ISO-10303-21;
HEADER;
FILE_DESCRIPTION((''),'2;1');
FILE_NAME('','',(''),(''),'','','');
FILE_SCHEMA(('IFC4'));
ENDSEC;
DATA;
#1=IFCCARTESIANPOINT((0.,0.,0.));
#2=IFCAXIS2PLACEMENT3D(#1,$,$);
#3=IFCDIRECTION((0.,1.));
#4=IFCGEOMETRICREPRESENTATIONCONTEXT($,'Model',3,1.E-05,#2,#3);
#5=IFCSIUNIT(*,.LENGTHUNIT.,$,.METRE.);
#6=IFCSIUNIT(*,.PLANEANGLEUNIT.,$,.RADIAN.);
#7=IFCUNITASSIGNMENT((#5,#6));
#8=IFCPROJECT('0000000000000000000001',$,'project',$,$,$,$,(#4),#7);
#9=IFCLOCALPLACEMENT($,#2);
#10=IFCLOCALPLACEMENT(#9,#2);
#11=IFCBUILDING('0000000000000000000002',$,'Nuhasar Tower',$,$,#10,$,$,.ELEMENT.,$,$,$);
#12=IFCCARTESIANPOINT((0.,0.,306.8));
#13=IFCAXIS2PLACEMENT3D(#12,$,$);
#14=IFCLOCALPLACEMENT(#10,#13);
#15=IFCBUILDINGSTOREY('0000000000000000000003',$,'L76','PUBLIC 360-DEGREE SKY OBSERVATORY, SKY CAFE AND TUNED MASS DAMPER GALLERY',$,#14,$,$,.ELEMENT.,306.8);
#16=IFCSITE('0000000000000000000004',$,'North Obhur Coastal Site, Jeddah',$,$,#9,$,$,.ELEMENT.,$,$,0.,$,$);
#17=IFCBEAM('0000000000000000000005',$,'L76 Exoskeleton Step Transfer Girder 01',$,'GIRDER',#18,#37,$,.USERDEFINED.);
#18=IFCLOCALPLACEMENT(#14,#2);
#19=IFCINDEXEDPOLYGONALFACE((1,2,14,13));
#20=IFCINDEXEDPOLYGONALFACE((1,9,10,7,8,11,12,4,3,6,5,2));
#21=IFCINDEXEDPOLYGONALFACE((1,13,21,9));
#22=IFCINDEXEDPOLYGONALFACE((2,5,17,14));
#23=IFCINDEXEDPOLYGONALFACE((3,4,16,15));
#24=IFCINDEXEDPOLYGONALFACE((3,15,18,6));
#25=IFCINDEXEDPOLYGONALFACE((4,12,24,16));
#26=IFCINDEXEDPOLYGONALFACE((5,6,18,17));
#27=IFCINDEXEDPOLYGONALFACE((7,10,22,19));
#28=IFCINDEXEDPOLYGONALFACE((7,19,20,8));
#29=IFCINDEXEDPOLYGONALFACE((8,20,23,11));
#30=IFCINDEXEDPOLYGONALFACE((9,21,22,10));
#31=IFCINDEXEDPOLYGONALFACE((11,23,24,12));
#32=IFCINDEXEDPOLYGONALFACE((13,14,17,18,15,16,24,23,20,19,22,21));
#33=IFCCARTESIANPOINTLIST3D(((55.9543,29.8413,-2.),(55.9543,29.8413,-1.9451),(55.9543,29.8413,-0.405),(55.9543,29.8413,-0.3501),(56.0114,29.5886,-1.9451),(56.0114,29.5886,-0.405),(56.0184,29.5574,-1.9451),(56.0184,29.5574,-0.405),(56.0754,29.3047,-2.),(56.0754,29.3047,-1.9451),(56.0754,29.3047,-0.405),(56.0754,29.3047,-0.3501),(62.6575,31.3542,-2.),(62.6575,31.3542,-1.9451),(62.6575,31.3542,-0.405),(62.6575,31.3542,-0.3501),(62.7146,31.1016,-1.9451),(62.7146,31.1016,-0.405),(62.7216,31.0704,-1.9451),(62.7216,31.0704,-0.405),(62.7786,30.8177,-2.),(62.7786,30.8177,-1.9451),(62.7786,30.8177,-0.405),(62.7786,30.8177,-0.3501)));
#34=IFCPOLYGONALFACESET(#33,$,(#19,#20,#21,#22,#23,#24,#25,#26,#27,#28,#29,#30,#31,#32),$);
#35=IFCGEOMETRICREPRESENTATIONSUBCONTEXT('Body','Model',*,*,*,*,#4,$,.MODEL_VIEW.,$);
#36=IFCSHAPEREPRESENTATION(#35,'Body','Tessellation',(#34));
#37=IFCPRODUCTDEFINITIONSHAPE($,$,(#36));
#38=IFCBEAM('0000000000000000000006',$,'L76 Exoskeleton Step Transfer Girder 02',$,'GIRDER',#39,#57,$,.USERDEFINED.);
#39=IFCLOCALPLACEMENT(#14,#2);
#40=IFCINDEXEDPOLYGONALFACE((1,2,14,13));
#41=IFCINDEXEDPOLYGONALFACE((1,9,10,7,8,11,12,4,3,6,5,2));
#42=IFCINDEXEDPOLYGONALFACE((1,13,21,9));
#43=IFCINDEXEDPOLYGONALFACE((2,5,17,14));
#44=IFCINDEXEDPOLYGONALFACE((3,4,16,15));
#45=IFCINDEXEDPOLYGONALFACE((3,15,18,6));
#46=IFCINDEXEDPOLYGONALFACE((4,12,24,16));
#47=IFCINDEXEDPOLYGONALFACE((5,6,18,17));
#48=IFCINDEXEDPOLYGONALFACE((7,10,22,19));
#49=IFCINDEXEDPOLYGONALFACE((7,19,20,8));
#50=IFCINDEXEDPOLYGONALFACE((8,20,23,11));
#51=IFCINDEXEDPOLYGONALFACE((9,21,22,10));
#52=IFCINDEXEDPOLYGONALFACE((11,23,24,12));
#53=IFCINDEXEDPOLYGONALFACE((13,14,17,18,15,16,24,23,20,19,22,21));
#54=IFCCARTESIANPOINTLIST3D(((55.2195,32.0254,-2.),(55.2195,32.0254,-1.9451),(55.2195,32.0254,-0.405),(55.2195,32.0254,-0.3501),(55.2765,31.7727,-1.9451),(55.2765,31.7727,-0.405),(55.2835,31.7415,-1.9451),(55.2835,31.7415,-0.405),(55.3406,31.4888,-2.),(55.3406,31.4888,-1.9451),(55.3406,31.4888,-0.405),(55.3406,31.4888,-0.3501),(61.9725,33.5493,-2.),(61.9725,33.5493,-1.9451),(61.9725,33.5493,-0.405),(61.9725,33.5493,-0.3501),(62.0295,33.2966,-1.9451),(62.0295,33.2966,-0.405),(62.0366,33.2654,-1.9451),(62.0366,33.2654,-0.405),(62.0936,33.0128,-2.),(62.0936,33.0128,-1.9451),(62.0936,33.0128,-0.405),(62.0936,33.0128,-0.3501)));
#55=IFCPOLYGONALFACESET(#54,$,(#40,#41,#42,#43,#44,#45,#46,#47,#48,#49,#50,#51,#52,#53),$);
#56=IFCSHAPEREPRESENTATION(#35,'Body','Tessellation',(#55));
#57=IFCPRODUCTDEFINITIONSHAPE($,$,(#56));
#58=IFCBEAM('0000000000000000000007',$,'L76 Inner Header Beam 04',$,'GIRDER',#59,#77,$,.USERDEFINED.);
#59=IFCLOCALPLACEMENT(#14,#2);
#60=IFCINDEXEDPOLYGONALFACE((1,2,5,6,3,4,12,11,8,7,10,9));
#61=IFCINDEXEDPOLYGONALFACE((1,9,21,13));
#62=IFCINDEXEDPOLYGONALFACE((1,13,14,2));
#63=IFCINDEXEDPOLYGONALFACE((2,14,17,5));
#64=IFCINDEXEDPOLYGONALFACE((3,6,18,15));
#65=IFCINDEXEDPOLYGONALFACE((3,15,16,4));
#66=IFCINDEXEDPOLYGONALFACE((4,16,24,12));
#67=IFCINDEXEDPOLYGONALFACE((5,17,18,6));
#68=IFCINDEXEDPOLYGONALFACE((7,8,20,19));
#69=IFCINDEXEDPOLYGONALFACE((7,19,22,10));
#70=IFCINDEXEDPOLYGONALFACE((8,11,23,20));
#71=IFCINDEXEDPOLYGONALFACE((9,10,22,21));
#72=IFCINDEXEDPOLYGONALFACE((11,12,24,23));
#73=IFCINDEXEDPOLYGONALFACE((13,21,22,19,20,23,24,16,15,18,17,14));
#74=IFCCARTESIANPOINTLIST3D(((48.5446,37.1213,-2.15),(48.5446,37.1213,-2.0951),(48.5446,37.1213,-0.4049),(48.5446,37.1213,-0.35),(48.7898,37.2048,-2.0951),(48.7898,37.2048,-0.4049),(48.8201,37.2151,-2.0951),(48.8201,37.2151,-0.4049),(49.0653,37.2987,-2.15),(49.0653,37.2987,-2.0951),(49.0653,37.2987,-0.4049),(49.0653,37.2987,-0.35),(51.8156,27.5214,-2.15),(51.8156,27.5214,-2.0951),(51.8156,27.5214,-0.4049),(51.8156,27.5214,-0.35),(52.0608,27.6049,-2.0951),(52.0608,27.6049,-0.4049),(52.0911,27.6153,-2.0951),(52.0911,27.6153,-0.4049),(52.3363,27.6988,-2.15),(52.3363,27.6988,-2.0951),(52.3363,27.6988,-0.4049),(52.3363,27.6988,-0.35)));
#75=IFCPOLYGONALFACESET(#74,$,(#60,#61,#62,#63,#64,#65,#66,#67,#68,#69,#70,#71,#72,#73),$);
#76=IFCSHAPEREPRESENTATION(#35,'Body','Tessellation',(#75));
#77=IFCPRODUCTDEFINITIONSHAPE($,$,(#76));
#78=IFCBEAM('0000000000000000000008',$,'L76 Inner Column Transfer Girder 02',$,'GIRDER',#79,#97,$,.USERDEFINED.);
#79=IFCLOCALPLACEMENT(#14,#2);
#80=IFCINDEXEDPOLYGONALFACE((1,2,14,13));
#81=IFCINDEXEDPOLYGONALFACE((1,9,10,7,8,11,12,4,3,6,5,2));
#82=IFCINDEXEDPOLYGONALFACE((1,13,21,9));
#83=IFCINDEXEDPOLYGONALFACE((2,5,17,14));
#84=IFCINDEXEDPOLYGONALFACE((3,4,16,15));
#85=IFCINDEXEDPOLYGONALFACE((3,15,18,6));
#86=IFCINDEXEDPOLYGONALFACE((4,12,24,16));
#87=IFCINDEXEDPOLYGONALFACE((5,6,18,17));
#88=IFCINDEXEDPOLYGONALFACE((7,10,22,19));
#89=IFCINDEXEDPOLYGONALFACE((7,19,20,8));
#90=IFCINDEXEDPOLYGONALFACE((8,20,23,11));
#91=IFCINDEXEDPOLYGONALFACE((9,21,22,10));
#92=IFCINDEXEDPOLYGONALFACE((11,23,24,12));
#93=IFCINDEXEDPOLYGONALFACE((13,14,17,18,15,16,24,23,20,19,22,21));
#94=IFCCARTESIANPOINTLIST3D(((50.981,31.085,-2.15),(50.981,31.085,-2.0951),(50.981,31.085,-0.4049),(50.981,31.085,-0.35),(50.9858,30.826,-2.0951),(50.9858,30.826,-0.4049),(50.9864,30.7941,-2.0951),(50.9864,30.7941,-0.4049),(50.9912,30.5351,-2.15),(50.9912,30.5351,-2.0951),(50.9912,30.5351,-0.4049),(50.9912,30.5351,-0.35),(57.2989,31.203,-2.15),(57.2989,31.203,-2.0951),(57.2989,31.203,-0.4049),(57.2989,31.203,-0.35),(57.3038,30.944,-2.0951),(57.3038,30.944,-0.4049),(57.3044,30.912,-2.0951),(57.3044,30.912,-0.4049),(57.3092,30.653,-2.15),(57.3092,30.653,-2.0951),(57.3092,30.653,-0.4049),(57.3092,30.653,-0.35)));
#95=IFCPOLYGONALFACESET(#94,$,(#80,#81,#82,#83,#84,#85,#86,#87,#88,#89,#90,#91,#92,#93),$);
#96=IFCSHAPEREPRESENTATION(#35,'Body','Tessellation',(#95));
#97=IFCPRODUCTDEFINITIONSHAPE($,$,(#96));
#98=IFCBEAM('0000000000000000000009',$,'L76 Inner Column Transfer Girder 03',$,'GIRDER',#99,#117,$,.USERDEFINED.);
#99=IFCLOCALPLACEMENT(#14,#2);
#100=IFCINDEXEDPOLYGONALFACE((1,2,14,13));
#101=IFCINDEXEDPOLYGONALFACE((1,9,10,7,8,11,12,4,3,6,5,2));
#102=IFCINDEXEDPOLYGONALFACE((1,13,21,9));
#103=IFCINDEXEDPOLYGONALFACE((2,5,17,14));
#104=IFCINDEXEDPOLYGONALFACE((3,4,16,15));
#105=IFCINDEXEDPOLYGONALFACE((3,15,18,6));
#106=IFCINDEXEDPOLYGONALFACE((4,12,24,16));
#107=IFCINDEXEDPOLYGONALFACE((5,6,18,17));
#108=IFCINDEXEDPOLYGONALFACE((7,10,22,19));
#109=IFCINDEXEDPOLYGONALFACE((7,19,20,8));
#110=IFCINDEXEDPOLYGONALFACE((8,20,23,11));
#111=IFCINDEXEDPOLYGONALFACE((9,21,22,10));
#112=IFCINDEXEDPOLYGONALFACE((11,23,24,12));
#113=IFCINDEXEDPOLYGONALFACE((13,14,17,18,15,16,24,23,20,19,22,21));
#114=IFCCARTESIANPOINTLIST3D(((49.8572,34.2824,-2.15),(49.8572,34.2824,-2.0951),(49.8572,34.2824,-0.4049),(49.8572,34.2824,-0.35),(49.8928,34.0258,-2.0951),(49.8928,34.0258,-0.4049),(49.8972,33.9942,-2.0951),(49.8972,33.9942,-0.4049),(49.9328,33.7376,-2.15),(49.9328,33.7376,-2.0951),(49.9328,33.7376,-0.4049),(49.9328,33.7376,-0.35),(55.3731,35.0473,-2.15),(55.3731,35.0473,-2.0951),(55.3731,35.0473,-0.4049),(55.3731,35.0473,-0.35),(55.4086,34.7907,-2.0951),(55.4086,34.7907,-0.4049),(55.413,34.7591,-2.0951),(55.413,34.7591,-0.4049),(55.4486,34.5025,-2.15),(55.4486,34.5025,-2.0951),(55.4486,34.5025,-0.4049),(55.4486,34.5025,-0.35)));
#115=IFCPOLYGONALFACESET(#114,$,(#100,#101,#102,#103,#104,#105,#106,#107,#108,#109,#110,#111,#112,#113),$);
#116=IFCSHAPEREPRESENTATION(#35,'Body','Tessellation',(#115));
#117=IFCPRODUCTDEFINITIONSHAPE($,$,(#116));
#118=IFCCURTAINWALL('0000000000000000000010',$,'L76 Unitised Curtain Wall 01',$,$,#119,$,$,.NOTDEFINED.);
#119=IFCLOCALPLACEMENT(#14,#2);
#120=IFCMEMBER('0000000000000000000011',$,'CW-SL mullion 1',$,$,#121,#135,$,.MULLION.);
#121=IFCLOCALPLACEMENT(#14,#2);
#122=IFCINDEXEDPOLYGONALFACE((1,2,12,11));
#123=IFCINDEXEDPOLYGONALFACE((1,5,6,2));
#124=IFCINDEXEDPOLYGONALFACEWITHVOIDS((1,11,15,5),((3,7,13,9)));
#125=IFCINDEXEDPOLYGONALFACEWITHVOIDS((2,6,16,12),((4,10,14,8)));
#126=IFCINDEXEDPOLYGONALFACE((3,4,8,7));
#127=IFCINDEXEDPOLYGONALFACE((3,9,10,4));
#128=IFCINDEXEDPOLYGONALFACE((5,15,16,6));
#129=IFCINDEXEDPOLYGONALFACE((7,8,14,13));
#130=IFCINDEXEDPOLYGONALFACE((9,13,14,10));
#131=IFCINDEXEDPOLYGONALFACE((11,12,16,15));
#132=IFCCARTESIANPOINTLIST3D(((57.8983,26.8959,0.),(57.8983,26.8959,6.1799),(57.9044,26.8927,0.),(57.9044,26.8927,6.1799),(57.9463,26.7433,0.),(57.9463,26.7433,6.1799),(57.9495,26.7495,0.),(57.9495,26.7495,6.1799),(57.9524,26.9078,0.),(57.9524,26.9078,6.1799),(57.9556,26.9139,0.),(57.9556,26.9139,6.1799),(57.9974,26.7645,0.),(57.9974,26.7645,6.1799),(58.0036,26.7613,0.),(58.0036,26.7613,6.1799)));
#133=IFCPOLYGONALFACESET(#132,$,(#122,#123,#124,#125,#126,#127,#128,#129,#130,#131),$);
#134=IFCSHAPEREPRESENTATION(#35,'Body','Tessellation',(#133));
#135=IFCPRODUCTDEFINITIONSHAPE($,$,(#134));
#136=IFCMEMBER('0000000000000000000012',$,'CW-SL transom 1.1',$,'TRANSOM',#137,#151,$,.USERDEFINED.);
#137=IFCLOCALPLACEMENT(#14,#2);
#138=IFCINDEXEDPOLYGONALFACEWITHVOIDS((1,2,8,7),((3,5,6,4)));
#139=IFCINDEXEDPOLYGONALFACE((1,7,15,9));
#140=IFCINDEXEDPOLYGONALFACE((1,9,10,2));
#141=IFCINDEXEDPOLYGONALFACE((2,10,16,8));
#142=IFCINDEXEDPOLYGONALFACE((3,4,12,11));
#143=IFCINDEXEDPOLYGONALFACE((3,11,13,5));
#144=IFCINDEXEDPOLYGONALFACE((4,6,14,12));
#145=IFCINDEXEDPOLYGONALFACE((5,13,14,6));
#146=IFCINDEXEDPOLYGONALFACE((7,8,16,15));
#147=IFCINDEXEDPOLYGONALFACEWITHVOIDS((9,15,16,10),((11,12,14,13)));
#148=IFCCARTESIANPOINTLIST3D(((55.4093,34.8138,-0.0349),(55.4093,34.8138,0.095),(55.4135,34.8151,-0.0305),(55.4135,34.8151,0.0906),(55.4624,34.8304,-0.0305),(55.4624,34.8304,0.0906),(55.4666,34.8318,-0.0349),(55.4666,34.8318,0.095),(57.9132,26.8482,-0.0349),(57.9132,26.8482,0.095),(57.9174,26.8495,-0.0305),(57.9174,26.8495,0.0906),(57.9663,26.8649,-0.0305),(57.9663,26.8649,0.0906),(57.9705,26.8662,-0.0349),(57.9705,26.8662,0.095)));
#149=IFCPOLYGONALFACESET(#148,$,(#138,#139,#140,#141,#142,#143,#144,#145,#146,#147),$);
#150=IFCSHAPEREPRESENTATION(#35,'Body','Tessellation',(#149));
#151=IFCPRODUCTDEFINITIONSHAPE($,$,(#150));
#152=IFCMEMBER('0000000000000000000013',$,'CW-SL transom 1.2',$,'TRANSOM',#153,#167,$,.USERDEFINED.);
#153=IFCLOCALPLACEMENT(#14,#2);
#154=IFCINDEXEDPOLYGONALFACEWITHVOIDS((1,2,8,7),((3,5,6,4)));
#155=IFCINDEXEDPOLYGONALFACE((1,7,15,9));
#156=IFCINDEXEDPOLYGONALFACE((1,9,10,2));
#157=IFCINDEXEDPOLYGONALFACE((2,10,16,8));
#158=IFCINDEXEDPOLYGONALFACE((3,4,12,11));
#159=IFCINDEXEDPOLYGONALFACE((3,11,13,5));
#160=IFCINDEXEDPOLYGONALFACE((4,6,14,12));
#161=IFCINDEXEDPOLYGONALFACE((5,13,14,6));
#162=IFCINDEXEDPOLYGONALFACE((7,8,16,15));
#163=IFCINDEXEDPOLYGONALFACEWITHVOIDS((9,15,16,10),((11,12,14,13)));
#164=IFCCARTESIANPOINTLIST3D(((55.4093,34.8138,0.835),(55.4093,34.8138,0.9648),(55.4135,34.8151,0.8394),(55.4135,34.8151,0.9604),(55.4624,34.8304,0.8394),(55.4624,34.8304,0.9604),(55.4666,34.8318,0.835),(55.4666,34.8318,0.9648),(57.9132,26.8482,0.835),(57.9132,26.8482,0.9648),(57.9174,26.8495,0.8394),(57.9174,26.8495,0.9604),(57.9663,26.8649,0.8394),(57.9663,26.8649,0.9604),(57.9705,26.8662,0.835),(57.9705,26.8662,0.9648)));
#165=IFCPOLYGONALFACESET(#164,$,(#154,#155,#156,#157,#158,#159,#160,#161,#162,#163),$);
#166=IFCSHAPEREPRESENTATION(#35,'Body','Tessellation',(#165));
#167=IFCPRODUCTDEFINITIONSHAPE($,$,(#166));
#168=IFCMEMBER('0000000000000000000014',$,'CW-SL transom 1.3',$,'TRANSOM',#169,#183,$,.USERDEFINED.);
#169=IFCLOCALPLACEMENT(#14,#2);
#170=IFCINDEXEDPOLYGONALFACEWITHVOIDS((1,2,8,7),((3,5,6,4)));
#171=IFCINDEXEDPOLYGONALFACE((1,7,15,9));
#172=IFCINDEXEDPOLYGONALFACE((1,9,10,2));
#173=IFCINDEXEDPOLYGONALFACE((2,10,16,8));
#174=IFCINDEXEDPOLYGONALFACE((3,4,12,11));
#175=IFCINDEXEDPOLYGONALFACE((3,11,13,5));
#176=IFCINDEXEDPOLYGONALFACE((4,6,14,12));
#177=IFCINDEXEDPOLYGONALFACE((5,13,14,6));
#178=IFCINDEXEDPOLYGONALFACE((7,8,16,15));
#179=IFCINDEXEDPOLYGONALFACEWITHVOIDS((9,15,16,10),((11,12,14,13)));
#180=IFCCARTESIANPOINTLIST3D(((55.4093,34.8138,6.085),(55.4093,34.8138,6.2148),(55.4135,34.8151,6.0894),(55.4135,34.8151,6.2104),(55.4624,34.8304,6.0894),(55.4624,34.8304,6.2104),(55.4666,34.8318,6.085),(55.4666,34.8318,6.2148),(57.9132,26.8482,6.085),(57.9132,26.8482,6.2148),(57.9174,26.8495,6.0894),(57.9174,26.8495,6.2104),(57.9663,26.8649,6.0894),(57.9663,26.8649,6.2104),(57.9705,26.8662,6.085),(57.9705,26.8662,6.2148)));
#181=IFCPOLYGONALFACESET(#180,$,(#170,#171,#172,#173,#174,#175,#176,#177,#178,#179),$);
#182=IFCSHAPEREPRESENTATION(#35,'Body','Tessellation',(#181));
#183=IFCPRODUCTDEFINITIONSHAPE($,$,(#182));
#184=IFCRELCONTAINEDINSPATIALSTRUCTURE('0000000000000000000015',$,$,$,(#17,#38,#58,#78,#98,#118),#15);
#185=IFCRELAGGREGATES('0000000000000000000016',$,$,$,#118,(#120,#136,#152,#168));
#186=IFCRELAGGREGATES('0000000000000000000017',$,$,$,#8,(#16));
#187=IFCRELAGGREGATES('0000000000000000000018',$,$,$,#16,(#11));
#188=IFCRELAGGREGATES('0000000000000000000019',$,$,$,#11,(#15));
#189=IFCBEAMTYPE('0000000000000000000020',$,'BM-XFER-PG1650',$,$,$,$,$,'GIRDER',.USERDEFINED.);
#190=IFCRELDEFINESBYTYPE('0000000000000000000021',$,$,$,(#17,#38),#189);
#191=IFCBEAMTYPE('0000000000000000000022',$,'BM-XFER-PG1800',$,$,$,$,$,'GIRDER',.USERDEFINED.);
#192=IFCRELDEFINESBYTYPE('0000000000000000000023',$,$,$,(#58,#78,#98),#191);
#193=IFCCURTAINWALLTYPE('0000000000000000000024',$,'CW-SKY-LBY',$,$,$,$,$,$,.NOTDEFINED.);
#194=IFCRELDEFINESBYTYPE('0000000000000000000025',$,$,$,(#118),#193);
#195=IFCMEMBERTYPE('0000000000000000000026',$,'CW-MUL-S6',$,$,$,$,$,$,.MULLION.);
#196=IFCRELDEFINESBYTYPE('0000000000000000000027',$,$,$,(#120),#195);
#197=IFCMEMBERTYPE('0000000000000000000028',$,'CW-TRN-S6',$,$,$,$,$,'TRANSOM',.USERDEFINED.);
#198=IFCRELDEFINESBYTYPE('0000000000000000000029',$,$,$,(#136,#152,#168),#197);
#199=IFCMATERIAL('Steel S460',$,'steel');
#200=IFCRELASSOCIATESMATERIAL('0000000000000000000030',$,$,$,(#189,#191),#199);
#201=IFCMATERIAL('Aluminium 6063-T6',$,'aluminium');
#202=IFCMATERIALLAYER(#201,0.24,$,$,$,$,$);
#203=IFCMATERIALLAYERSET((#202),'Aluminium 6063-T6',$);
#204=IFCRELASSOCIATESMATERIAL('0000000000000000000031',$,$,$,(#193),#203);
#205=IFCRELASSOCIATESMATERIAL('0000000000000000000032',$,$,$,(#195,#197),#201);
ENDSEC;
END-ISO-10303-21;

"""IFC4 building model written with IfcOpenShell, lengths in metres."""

from ifc_helpers import new_model, si_unit, direction, frame, origin, origin_2d, place, context, subcontext, project, spatial, hollow_rectangle, i_section, extrude, material, layer, layer_set, material_profile, profile_set, type_object, element, aggregate, save


model = new_model("IFC4")

# Units and contexts
model_context = context("Model", 3, precision=1e-05, world=origin(), true_north=direction((0.0, 1.0)))
body_context = subcontext(model_context, "Body", "Model", "MODEL_VIEW")
ifc_project = project(units=[si_unit("LENGTHUNIT", "METRE"), si_unit("PLANEANGLEUNIT", "RADIAN")], contexts=[model_context])

# Site, building, storey
site_placement = place(None, origin())
site = spatial("IfcSite", under=ifc_project, at=site_placement, Name="North Obhur Coastal Site, Jeddah", CompositionType="ELEMENT", RefElevation=0.0)
building_placement = place(site_placement, origin())
building = spatial("IfcBuilding", under=site, at=building_placement, Name="Nuhasar Tower", CompositionType="ELEMENT")
storey_placement = place(building_placement, frame((0.0, 0.0, 306.8)))
storey = spatial("IfcBuildingStorey", under=building, at=storey_placement, Name="L76", Description="PUBLIC 360-DEGREE SKY OBSERVATORY, SKY CAFE AND TUNED MASS DAMPER GALLERY", CompositionType="ELEMENT", Elevation=306.8)

# Beams
ifc_material_1 = material(Name="Steel S460", Category="steel")
ifc_material_profile_1 = material_profile(ifc_material_1, i_section(OverallWidth=0.55, OverallDepth=1.6499, WebThickness=0.032, FlangeThickness=0.0549, at=origin_2d()), Name="PG1650X550")
ifc_profile_set_1 = profile_set([ifc_material_profile_1], Name="Steel S460")
beam_type_1 = type_object("IfcBeamType", Name="BM-XFER-PG1650", ElementType="GIRDER", PredefinedType="USERDEFINED", material=ifc_profile_set_1)
beam_1_placement = place(storey_placement, frame((56.0149, 29.573, -1.175), z_axis=(0.975462, 0.220168, 0.0), x_axis=(-0.220168, 0.975462, 0.0)))
element("IfcBeam", 1, at=beam_1_placement, inside=storey, type_object=beam_type_1, Name="L76 Exoskeleton Step Transfer Girder 01", ObjectType="GIRDER", PredefinedType="USERDEFINED", context=body_context, shape_type="SweptSolid", body=[
    extrude(i_section(OverallWidth=0.55, OverallDepth=1.6499, WebThickness=0.032, FlangeThickness=0.0549, at=origin_2d()), origin(), (0.0, 0.0, 1.0), 6.8718),
])
beam_2_placement = place(storey_placement, frame((55.28, 31.7571, -1.175), z_axis=(0.97547, 0.220133, 0.0), x_axis=(-0.220133, 0.97547, 0.0)))
element("IfcBeam", 2, at=beam_2_placement, inside=storey, type_object=beam_type_1, Name="L76 Exoskeleton Step Transfer Girder 02", ObjectType="GIRDER", PredefinedType="USERDEFINED", context=body_context, shape_type="SweptSolid", body=[
    extrude(i_section(OverallWidth=0.55, OverallDepth=1.6499, WebThickness=0.032, FlangeThickness=0.0549, at=origin_2d()), origin(), (0.0, 0.0, 1.0), 6.9229),
])
ifc_material_profile_2 = material_profile(ifc_material_1, i_section(OverallWidth=0.55, OverallDepth=1.8, WebThickness=0.032, FlangeThickness=0.0549, at=origin_2d()), Name="PG1800X550")
ifc_profile_set_2 = profile_set([ifc_material_profile_2], Name="Steel S460")
beam_type_2 = type_object("IfcBeamType", Name="BM-XFER-PG1800", ElementType="GIRDER", PredefinedType="USERDEFINED", material=ifc_profile_set_2)
beam_3_placement = place(storey_placement, frame((52.0759, 27.6101, -1.25), z_axis=(-0.322525, 0.946561, 0.0), x_axis=(-0.946561, -0.322525, 0.0)))
element("IfcBeam", 3, at=beam_3_placement, inside=storey, type_object=beam_type_2, Name="L76 Inner Header Beam 04", ObjectType="GIRDER", PredefinedType="USERDEFINED", context=body_context, shape_type="SweptSolid", body=[
    extrude(i_section(OverallWidth=0.55, OverallDepth=1.8, WebThickness=0.032, FlangeThickness=0.0549, at=origin_2d()), origin(), (0.0, 0.0, 1.0), 10.1418),
])
beam_4_placement = place(storey_placement, frame((50.9861, 30.8101, -1.25), z_axis=(0.999826, 0.018661, 0.0), x_axis=(-0.018661, 0.999826, 0.0)))
element("IfcBeam", 4, at=beam_4_placement, inside=storey, type_object=beam_type_2, Name="L76 Inner Column Transfer Girder 02", ObjectType="GIRDER", PredefinedType="USERDEFINED", context=body_context, shape_type="SweptSolid", body=[
    extrude(i_section(OverallWidth=0.55, OverallDepth=1.8, WebThickness=0.032, FlangeThickness=0.0549, at=origin_2d()), origin(), (0.0, 0.0, 1.0), 6.3191),
])
beam_5_placement = place(storey_placement, frame((49.895, 34.01, -1.25), z_axis=(0.990522, 0.137357, 0.0), x_axis=(-0.137357, 0.990522, 0.0)))
element("IfcBeam", 5, at=beam_5_placement, inside=storey, type_object=beam_type_2, Name="L76 Inner Column Transfer Girder 03", ObjectType="GIRDER", PredefinedType="USERDEFINED", context=body_context, shape_type="SweptSolid", body=[
    extrude(i_section(OverallWidth=0.55, OverallDepth=1.8, WebThickness=0.032, FlangeThickness=0.0549, at=origin_2d()), origin(), (0.0, 0.0, 1.0), 5.5686),
])

# Curtain wall, members
ifc_material_2 = material(Name="Aluminium 6063-T6", Category="aluminium")
ifc_layer_1 = layer(ifc_material_2, 0.24)
ifc_layer_set_1 = layer_set([ifc_layer_1], Name="Aluminium 6063-T6")
curtain_wall_type = type_object("IfcCurtainWallType", Name="CW-SKY-LBY", PredefinedType="NOTDEFINED", material=ifc_layer_set_1)
curtain_wall_placement = place(storey_placement, origin())
curtain_wall = element("IfcCurtainWall", 6, at=curtain_wall_placement, inside=storey, type_object=curtain_wall_type, Name="L76 Unitised Curtain Wall 01", PredefinedType="NOTDEFINED")
ifc_material_profile_3 = material_profile(ifc_material_2, hollow_rectangle(XDim=0.0601, YDim=0.1599, WallThickness=0.0049, at=origin_2d()), Name="CWM-6")
ifc_profile_set_3 = profile_set([ifc_material_profile_3], Name="Aluminium 6063-T6")
member_type_1 = type_object("IfcMemberType", Name="CW-MUL-S6", PredefinedType="MULLION", material=ifc_profile_set_3)
member_1_placement = place(storey_placement, frame((57.9509, 26.8286, 0.0), z_axis=(0.0, 0.0, 1.0), x_axis=(-0.953974, -0.299888, 0.0)))
member_1 = element("IfcMember", 7, at=member_1_placement, type_object=member_type_1, Name="CW-SL mullion 1", PredefinedType="MULLION", context=body_context, shape_type="SweptSolid", body=[
    extrude(hollow_rectangle(XDim=0.0601, YDim=0.1599, WallThickness=0.0049, at=origin_2d()), origin(), (0.0, 0.0, 1.0), 6.1799),
])
ifc_material_profile_4 = material_profile(ifc_material_2, hollow_rectangle(XDim=0.0601, YDim=0.1299, WallThickness=0.0044, at=origin_2d()), Name="CWT-6")
ifc_profile_set_4 = profile_set([ifc_material_profile_4], Name="Aluminium 6063-T6")
member_type_2 = type_object("IfcMemberType", Name="CW-TRN-S6", ElementType="TRANSOM", PredefinedType="USERDEFINED", material=ifc_profile_set_4)
member_2_placement = place(storey_placement, frame((57.9419, 26.8572, 0.03), z_axis=(-0.299874, 0.953979, 0.0), x_axis=(-0.953979, -0.299874, 0.0)))
member_2 = element("IfcMember", 8, at=member_2_placement, type_object=member_type_2, Name="CW-SL transom 1.1", ObjectType="TRANSOM", PredefinedType="USERDEFINED", context=body_context, shape_type="SweptSolid", body=[
    extrude(hollow_rectangle(XDim=0.0601, YDim=0.1299, WallThickness=0.0044, at=origin_2d()), origin(), (0.0, 0.0, 1.0), 8.3499),
])
member_3_placement = place(storey_placement, frame((57.9419, 26.8572, 0.8999), z_axis=(-0.299874, 0.953979, 0.0), x_axis=(-0.953979, -0.299874, 0.0)))
member_3 = element("IfcMember", 9, at=member_3_placement, type_object=member_type_2, Name="CW-SL transom 1.2", ObjectType="TRANSOM", PredefinedType="USERDEFINED", context=body_context, shape_type="SweptSolid", body=[
    extrude(hollow_rectangle(XDim=0.0601, YDim=0.1299, WallThickness=0.0044, at=origin_2d()), origin(), (0.0, 0.0, 1.0), 8.3499),
])
member_4_placement = place(storey_placement, frame((57.9419, 26.8572, 6.1499), z_axis=(-0.299874, 0.953979, 0.0), x_axis=(-0.953979, -0.299874, 0.0)))
member_4 = element("IfcMember", 10, at=member_4_placement, type_object=member_type_2, Name="CW-SL transom 1.3", ObjectType="TRANSOM", PredefinedType="USERDEFINED", context=body_context, shape_type="SweptSolid", body=[
    extrude(hollow_rectangle(XDim=0.0601, YDim=0.1299, WallThickness=0.0044, at=origin_2d()), origin(), (0.0, 0.0, 1.0), 8.3499),
])

aggregate(curtain_wall, [member_1, member_2, member_3, member_4])

save(model, "model.ifc")
